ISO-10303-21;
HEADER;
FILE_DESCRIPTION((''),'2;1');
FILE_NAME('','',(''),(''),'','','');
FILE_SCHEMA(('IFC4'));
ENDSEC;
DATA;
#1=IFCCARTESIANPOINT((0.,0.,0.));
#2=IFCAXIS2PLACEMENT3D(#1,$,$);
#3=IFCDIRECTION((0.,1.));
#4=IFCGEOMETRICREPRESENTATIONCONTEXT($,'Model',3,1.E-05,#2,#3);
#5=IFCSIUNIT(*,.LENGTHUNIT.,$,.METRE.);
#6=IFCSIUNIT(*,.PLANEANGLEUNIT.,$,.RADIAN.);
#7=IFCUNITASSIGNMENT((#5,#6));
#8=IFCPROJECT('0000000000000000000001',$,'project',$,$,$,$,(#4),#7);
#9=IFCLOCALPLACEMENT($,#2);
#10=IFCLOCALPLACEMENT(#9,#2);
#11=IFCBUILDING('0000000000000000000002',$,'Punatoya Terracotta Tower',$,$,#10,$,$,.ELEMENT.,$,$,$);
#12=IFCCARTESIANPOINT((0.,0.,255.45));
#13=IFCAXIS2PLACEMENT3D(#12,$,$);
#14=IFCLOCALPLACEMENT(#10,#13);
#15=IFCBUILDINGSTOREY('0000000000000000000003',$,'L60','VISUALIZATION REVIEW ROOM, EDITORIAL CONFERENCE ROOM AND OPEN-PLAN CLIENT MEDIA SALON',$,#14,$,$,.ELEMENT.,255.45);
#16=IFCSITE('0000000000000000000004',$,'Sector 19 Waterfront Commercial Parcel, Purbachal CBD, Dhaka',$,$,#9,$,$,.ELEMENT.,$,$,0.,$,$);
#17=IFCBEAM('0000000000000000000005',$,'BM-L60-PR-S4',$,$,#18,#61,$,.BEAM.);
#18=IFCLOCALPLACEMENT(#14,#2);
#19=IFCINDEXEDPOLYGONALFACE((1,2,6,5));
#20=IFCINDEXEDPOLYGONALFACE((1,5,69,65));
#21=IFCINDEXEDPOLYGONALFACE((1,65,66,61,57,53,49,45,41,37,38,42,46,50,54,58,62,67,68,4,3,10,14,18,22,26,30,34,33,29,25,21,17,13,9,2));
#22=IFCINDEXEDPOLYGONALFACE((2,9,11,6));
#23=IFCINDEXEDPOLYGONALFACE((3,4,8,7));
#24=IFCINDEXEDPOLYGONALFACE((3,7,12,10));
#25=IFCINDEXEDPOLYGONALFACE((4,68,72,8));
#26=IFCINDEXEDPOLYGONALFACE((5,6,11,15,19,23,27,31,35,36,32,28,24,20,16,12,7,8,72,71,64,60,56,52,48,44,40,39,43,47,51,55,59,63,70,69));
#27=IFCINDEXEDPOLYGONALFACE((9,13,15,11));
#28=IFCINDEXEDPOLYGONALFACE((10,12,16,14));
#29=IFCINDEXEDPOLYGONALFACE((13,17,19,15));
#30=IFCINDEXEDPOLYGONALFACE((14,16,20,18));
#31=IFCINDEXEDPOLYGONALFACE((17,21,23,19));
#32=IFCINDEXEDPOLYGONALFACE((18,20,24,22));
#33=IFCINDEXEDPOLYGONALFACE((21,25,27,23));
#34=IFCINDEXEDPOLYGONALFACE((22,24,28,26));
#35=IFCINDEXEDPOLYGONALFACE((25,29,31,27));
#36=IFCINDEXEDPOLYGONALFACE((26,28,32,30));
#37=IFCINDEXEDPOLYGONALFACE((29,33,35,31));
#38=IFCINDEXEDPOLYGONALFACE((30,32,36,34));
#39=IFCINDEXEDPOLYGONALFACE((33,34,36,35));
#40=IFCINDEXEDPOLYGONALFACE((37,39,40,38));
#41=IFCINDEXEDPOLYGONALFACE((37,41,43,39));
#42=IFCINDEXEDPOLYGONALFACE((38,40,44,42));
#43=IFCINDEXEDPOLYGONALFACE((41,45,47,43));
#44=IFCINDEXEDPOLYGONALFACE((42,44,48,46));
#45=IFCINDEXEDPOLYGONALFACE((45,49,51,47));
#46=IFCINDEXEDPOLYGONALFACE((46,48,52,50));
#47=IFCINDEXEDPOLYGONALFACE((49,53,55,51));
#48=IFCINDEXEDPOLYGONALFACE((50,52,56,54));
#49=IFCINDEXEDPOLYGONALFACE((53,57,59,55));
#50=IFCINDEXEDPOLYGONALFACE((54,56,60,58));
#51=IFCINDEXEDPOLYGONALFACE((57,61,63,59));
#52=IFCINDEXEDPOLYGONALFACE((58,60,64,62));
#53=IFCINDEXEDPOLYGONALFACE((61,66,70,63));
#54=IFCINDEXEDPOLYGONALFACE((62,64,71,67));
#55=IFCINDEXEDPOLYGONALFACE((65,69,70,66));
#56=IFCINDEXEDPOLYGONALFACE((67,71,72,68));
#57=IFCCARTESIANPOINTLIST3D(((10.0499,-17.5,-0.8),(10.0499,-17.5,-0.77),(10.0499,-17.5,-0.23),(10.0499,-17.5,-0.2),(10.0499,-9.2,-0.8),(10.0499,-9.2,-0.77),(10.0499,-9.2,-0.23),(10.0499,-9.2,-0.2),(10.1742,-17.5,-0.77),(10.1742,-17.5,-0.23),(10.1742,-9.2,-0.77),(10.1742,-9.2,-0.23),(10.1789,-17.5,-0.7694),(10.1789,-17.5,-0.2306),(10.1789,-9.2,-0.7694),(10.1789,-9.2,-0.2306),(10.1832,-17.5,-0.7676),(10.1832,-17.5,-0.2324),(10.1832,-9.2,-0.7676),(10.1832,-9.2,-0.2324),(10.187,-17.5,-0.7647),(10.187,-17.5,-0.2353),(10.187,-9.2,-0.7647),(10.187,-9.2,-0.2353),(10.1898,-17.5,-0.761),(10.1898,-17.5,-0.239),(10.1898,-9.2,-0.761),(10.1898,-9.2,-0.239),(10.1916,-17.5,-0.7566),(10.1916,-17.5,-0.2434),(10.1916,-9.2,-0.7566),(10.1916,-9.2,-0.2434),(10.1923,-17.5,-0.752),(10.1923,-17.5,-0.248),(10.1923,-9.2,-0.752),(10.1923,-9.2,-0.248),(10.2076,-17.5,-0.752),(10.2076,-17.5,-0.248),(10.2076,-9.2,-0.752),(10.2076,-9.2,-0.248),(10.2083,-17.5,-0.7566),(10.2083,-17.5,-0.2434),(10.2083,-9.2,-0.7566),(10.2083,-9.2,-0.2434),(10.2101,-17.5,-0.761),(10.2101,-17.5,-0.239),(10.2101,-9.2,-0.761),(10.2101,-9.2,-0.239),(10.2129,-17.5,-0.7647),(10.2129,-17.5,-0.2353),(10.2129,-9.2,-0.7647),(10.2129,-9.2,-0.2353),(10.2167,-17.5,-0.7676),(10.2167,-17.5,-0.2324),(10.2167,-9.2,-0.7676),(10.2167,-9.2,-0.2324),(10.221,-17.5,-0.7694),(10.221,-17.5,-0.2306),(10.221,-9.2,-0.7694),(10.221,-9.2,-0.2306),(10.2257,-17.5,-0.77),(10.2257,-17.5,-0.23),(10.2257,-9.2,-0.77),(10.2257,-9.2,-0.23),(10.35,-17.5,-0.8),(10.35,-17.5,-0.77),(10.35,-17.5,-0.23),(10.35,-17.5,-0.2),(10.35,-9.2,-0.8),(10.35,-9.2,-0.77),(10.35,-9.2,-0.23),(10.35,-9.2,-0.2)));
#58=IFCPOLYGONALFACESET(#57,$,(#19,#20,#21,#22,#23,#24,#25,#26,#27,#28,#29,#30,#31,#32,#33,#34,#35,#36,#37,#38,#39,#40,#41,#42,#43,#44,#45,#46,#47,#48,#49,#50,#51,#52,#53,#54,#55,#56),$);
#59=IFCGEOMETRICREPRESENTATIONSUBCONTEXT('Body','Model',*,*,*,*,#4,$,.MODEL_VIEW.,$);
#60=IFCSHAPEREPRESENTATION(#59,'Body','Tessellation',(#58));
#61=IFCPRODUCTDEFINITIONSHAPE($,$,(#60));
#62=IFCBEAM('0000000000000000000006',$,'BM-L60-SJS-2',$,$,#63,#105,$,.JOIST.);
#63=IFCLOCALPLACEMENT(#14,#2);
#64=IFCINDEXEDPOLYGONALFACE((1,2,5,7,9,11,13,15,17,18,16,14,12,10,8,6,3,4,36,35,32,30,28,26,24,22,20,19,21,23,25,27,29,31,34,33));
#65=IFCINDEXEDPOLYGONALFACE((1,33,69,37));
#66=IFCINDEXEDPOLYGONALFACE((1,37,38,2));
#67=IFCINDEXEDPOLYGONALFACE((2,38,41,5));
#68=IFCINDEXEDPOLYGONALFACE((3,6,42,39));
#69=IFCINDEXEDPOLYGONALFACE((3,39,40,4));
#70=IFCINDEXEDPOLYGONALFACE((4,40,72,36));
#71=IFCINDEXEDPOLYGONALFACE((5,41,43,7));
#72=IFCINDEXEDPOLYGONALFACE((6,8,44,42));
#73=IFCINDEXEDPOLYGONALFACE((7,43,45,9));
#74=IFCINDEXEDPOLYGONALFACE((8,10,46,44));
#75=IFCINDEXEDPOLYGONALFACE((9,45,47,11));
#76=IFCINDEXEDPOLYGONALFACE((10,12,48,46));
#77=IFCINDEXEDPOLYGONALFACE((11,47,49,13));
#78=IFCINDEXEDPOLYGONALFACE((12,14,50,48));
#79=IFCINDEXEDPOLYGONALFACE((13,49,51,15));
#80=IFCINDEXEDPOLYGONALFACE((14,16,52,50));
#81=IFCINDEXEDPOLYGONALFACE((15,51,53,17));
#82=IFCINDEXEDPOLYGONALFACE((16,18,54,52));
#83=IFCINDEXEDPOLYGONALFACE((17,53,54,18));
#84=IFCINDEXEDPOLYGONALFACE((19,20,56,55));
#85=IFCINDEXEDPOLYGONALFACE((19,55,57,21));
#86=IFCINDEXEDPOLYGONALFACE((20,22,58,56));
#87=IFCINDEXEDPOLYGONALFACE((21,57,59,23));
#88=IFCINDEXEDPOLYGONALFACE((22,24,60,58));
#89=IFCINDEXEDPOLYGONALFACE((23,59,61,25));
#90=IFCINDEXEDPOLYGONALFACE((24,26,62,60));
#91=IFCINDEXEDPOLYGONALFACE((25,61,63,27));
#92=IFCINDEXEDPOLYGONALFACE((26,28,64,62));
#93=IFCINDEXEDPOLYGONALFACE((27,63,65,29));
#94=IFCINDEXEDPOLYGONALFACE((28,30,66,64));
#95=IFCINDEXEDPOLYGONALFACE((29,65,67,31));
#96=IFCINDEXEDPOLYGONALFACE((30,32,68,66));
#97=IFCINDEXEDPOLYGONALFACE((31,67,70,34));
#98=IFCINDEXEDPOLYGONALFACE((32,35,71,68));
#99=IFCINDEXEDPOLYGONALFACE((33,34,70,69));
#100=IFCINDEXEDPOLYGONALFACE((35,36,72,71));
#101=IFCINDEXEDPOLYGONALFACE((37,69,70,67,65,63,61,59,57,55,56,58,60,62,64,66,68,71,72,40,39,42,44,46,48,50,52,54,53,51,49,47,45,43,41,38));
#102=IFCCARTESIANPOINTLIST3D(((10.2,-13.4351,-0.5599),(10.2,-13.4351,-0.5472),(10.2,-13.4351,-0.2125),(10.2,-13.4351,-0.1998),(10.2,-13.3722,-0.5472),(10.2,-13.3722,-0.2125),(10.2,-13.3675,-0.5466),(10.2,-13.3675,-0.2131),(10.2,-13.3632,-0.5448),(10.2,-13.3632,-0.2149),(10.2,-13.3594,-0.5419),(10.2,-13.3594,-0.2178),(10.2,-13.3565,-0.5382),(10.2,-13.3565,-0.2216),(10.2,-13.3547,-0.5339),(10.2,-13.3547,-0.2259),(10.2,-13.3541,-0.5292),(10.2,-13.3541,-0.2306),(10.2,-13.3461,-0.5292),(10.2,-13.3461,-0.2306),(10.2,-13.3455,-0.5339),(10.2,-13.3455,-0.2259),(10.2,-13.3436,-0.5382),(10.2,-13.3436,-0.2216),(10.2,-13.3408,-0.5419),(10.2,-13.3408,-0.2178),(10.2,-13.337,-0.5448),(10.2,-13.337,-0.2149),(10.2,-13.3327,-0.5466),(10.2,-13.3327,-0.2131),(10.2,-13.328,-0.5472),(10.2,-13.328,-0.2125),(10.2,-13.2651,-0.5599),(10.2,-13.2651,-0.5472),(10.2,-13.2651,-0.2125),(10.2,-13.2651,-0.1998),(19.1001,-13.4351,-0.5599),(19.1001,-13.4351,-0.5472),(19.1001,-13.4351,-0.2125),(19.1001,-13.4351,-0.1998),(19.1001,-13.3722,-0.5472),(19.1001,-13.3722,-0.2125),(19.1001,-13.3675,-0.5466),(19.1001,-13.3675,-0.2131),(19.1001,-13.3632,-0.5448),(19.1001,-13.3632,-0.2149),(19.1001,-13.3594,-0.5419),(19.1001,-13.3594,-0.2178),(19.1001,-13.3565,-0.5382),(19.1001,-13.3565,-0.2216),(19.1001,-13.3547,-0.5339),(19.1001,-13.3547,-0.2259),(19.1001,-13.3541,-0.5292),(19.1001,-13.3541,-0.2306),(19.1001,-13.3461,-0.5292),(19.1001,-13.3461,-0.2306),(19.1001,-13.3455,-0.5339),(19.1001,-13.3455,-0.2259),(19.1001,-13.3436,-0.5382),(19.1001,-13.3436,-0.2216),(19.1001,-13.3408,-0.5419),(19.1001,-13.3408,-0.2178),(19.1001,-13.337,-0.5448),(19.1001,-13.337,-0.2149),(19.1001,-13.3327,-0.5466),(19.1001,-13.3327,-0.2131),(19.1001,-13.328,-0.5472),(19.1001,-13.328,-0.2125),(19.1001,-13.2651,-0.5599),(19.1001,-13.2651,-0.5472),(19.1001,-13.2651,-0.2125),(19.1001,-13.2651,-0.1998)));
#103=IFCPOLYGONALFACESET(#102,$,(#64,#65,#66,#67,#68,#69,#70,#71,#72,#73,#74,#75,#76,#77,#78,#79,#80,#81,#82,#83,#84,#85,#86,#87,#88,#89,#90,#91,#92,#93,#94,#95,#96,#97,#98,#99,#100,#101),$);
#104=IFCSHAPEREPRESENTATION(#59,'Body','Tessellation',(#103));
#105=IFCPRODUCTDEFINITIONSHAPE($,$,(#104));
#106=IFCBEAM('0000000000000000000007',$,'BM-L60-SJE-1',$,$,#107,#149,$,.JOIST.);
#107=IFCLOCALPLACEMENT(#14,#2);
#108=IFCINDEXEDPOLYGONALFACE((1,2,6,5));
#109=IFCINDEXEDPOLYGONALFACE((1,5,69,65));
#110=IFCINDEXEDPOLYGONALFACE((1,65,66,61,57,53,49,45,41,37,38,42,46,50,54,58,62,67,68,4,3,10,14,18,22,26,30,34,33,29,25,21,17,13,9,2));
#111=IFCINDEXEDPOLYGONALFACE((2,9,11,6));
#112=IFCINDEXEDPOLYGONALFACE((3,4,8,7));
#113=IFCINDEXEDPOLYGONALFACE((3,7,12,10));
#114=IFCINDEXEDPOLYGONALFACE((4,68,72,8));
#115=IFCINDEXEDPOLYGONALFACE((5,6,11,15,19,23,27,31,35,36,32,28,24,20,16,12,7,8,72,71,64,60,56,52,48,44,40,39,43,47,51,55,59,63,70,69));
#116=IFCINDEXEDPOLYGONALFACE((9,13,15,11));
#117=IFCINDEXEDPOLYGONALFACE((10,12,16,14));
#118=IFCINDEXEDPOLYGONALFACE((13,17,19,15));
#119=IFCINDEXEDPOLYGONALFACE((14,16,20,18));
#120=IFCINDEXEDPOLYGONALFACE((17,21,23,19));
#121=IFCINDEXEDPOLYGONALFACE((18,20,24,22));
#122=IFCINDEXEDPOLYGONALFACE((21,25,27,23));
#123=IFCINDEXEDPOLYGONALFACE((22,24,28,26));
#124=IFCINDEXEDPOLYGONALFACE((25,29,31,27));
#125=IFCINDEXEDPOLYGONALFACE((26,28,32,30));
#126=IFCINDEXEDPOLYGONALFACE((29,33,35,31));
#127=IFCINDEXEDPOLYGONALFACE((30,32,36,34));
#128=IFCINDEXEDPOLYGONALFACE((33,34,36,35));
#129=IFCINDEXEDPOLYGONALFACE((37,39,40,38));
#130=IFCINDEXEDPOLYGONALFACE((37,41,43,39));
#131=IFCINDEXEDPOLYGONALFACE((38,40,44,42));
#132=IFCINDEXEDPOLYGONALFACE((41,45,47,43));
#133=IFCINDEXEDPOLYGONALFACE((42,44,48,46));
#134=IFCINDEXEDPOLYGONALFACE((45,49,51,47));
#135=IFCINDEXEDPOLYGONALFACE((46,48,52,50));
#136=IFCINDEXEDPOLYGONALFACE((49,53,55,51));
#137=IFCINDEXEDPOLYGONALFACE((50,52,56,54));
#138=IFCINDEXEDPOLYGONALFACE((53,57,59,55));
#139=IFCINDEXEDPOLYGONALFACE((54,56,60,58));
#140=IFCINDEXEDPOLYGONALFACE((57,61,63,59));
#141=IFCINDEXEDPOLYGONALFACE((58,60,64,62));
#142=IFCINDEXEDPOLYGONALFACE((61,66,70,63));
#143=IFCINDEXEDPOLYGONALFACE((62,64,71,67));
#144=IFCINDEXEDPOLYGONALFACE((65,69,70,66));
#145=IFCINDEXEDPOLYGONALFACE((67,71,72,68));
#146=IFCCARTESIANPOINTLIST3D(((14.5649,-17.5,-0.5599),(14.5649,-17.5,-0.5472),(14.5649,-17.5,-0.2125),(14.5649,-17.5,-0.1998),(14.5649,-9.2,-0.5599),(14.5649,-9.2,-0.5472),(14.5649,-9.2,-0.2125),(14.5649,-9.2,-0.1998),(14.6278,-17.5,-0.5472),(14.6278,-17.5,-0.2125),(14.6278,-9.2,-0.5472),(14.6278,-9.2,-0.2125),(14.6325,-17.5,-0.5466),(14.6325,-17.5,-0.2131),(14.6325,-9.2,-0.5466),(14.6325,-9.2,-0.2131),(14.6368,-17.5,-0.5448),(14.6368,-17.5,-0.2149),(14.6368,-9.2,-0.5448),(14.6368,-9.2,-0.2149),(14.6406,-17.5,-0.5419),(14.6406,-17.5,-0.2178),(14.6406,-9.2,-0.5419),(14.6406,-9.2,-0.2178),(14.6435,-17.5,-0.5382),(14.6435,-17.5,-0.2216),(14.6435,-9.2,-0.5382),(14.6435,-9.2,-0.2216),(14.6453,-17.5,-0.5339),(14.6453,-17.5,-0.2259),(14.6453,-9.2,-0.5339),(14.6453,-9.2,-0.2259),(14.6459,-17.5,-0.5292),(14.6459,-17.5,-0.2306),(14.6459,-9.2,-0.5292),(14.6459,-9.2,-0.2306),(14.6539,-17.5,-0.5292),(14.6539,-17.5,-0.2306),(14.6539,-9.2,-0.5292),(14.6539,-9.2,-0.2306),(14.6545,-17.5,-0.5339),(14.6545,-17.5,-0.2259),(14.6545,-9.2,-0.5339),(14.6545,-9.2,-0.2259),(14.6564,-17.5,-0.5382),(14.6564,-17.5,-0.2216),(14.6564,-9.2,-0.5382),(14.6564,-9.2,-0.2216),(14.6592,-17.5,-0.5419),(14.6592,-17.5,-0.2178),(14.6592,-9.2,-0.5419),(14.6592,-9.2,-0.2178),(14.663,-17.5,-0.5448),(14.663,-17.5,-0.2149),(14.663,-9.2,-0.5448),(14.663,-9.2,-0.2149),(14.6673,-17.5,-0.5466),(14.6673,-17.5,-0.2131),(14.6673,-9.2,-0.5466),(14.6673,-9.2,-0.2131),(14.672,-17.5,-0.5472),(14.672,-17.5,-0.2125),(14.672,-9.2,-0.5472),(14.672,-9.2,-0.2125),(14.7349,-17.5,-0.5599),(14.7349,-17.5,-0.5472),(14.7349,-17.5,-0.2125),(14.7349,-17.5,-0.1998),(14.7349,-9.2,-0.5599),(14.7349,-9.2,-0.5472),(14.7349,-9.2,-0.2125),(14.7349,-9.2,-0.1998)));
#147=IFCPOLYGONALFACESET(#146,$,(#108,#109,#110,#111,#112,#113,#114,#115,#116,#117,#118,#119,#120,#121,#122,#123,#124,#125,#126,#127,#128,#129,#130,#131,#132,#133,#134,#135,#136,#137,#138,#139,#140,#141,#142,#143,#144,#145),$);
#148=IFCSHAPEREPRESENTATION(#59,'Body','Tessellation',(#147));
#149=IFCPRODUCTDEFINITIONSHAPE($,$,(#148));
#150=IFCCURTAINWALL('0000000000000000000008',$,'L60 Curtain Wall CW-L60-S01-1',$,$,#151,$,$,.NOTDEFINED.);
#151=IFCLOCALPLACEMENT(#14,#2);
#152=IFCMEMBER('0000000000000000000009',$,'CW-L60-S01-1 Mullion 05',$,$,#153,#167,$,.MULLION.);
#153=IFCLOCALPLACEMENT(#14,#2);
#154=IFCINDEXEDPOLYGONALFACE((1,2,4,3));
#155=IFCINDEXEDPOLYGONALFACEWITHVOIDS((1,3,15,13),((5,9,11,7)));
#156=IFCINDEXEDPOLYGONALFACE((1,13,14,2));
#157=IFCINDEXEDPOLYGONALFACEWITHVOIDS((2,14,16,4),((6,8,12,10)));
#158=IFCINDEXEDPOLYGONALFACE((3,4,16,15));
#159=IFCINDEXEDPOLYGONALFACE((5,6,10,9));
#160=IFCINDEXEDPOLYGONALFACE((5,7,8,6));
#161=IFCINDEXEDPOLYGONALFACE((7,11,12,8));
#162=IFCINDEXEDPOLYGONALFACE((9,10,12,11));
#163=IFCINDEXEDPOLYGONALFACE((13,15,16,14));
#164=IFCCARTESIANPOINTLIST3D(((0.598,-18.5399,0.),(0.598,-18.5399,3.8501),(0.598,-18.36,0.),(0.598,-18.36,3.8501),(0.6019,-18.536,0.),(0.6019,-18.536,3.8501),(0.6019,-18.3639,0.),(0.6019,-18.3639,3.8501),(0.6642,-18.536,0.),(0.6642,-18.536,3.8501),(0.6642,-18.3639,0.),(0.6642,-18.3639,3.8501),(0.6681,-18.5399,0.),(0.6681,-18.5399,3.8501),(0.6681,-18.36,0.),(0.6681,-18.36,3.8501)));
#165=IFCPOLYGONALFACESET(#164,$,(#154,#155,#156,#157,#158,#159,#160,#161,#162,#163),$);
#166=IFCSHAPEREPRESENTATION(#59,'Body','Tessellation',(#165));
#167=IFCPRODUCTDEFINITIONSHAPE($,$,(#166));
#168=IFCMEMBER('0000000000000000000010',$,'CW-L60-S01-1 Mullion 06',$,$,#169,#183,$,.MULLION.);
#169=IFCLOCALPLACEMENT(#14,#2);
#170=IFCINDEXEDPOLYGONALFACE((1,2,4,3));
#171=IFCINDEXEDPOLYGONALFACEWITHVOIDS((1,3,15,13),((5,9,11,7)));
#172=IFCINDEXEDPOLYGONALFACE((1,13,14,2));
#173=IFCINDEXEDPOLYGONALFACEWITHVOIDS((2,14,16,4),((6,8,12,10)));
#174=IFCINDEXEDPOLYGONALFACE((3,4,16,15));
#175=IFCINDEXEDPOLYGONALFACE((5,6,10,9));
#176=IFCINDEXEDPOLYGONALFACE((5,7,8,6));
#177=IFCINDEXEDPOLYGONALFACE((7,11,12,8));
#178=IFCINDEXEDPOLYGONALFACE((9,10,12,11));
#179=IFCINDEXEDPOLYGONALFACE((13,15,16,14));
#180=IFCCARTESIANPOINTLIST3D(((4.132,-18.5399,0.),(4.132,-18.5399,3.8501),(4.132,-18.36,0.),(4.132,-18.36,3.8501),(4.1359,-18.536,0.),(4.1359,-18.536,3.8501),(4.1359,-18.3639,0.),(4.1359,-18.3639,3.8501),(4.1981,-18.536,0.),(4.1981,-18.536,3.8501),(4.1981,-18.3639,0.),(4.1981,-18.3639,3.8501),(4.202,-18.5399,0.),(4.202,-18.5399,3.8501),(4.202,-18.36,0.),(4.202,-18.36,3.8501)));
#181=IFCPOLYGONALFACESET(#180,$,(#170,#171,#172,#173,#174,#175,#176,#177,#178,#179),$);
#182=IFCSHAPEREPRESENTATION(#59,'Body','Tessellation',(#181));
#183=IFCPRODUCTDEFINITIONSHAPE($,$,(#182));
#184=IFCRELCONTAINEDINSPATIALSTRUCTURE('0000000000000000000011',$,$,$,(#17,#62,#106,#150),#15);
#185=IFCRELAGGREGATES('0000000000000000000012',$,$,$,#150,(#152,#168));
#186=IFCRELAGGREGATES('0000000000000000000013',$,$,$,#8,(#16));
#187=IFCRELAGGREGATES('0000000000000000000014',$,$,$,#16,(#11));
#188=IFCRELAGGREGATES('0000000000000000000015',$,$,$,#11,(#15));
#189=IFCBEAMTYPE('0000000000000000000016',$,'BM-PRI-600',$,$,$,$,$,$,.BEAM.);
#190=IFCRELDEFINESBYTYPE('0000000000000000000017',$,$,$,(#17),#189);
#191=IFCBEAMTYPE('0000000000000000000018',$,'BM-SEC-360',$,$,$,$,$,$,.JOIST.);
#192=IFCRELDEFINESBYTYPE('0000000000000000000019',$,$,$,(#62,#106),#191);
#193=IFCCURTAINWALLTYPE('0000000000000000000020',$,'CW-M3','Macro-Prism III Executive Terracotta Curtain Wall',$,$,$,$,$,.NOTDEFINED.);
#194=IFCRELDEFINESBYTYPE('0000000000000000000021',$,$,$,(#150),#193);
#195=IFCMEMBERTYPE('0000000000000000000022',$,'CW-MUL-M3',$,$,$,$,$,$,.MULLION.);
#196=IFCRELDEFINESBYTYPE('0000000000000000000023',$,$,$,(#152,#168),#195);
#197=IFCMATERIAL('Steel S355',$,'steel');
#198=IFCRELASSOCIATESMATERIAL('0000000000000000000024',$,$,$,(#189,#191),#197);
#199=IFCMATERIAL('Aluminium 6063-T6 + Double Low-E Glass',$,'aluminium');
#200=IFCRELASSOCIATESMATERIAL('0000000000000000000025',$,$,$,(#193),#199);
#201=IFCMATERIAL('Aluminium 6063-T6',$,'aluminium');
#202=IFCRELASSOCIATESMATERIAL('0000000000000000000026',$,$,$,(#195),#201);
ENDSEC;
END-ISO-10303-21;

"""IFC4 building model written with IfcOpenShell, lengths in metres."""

from ifc_helpers import new_model, si_unit, direction, frame, origin, origin_2d, place, context, subcontext, project, spatial, hollow_rectangle, i_section, extrude, material, material_profile, profile_set, type_object, element, aggregate, save


model = new_model("IFC4")

# Units and contexts
model_context = context("Model", 3, precision=1e-05, world=origin(), true_north=direction((0.0, 1.0)))
body_context = subcontext(model_context, "Body", "Model", "MODEL_VIEW")
ifc_project = project(units=[si_unit("LENGTHUNIT", "METRE"), si_unit("PLANEANGLEUNIT", "RADIAN")], contexts=[model_context])

# Site, building, storey
site_placement = place(None, origin())
site = spatial("IfcSite", under=ifc_project, at=site_placement, Name="Sector 19 Waterfront Commercial Parcel, Purbachal CBD, Dhaka", CompositionType="ELEMENT", RefElevation=0.0)
building_placement = place(site_placement, origin())
building = spatial("IfcBuilding", under=site, at=building_placement, Name="Punatoya Terracotta Tower", CompositionType="ELEMENT")
storey_placement = place(building_placement, frame((0.0, 0.0, 255.45)))
storey = spatial("IfcBuildingStorey", under=building, at=storey_placement, Name="L60", Description="VISUALIZATION REVIEW ROOM, EDITORIAL CONFERENCE ROOM AND OPEN-PLAN CLIENT MEDIA SALON", CompositionType="ELEMENT", Elevation=255.45)

# Beams
ifc_material_1 = material(Name="Steel S355", Category="steel")
ifc_material_profile_1 = material_profile(ifc_material_1, i_section(OverallWidth=0.3, OverallDepth=0.6001, WebThickness=0.0154, FlangeThickness=0.03, FilletRadius=0.0181, at=origin_2d()))
ifc_profile_set_1 = profile_set([ifc_material_profile_1], Name="Steel S355")
beam_type_1 = type_object("IfcBeamType", Name="BM-PRI-600", PredefinedType="BEAM", material=ifc_profile_set_1)
for number, where, z_axis, x_axis, name in (
    (1, (10.2, -17.5, -0.5), (0.0, 1.0, 0.0), (-1.0, 0.0, 0.0), "BM-L60-PR-S4"),
):
    element("IfcBeam", number, at=place(storey_placement, frame(where, z_axis=z_axis, x_axis=x_axis)), inside=storey, type_object=beam_type_1, Name=name, PredefinedType="BEAM", context=body_context, shape_type="SweptSolid", body=[
        extrude(i_section(OverallWidth=0.3, OverallDepth=0.6001, WebThickness=0.0154, FlangeThickness=0.03, FilletRadius=0.0181, at=origin_2d()), origin(), (0.0, 0.0, 1.0), 8.3),
    ])
ifc_material_profile_2 = material_profile(ifc_material_1, i_section(OverallWidth=0.1699, OverallDepth=0.3601, WebThickness=0.0081, FlangeThickness=0.0127, FilletRadius=0.0181, at=origin_2d()))
ifc_profile_set_2 = profile_set([ifc_material_profile_2], Name="Steel S355")
beam_type_2 = type_object("IfcBeamType", Name="BM-SEC-360", PredefinedType="JOIST", material=ifc_profile_set_2)
beam_1_placement = place(storey_placement, frame((10.2, -13.3501, -0.3799), z_axis=(1.0, 0.0, 0.0), x_axis=(0.0, 1.0, 0.0)))
element("IfcBeam", 2, at=beam_1_placement, inside=storey, type_object=beam_type_2, Name="BM-L60-SJS-2", PredefinedType="JOIST", context=body_context, shape_type="SweptSolid", body=[
    extrude(i_section(OverallWidth=0.1699, OverallDepth=0.3601, WebThickness=0.0081, FlangeThickness=0.0127, FilletRadius=0.0181, at=origin_2d()), origin(), (0.0, 0.0, 1.0), 8.9001),
])
beam_2_placement = place(storey_placement, frame((14.6499, -17.5, -0.3799), z_axis=(0.0, 1.0, 0.0), x_axis=(-1.0, 0.0, 0.0)))
element("IfcBeam", 3, at=beam_2_placement, inside=storey, type_object=beam_type_2, Name="BM-L60-SJE-1", PredefinedType="JOIST", context=body_context, shape_type="SweptSolid", body=[
    extrude(i_section(OverallWidth=0.1699, OverallDepth=0.3601, WebThickness=0.0081, FlangeThickness=0.0127, FilletRadius=0.0181, at=origin_2d()), origin(), (0.0, 0.0, 1.0), 8.3),
])

# Curtain wall, members
ifc_material_2 = material(Name="Aluminium 6063-T6 + Double Low-E Glass", Category="aluminium")
curtain_wall_type = type_object("IfcCurtainWallType", Name="CW-M3", Description="Macro-Prism III Executive Terracotta Curtain Wall", PredefinedType="NOTDEFINED", material=ifc_material_2)
curtain_wall_placement = place(storey_placement, origin())
curtain_wall = element("IfcCurtainWall", 4, at=curtain_wall_placement, inside=storey, type_object=curtain_wall_type, Name="L60 Curtain Wall CW-L60-S01-1", PredefinedType="NOTDEFINED")
ifc_material_3 = material(Name="Aluminium 6063-T6", Category="aluminium")
ifc_material_profile_3 = material_profile(ifc_material_3, hollow_rectangle(XDim=0.0701, YDim=0.1799, WallThickness=0.0039, at=origin_2d()))
ifc_profile_set_3 = profile_set([ifc_material_profile_3], Name="Aluminium 6063-T6")
member_type = type_object("IfcMemberType", Name="CW-MUL-M3", PredefinedType="MULLION", material=ifc_profile_set_3)
member_1_placement = place(storey_placement, frame((0.6331, -18.45, 0.0), z_axis=(0.0, 0.0, 1.0), x_axis=(1.0, 0.0, 0.0)))
member_1 = element("IfcMember", 5, at=member_1_placement, type_object=member_type, Name="CW-L60-S01-1 Mullion 05", PredefinedType="MULLION", context=body_context, shape_type="SweptSolid", body=[
    extrude(hollow_rectangle(XDim=0.0701, YDim=0.1799, WallThickness=0.0039, at=origin_2d()), origin(), (0.0, 0.0, 1.0), 3.8501),
])
member_2_placement = place(storey_placement, frame((4.167, -18.45, 0.0), z_axis=(0.0, 0.0, 1.0), x_axis=(1.0, 0.0, 0.0)))
member_2 = element("IfcMember", 6, at=member_2_placement, type_object=member_type, Name="CW-L60-S01-1 Mullion 06", PredefinedType="MULLION", context=body_context, shape_type="SweptSolid", body=[
    extrude(hollow_rectangle(XDim=0.0701, YDim=0.1799, WallThickness=0.0039, at=origin_2d()), origin(), (0.0, 0.0, 1.0), 3.8501),
])
aggregate(curtain_wall, [member_1, member_2])

save(model, "model.ifc")
